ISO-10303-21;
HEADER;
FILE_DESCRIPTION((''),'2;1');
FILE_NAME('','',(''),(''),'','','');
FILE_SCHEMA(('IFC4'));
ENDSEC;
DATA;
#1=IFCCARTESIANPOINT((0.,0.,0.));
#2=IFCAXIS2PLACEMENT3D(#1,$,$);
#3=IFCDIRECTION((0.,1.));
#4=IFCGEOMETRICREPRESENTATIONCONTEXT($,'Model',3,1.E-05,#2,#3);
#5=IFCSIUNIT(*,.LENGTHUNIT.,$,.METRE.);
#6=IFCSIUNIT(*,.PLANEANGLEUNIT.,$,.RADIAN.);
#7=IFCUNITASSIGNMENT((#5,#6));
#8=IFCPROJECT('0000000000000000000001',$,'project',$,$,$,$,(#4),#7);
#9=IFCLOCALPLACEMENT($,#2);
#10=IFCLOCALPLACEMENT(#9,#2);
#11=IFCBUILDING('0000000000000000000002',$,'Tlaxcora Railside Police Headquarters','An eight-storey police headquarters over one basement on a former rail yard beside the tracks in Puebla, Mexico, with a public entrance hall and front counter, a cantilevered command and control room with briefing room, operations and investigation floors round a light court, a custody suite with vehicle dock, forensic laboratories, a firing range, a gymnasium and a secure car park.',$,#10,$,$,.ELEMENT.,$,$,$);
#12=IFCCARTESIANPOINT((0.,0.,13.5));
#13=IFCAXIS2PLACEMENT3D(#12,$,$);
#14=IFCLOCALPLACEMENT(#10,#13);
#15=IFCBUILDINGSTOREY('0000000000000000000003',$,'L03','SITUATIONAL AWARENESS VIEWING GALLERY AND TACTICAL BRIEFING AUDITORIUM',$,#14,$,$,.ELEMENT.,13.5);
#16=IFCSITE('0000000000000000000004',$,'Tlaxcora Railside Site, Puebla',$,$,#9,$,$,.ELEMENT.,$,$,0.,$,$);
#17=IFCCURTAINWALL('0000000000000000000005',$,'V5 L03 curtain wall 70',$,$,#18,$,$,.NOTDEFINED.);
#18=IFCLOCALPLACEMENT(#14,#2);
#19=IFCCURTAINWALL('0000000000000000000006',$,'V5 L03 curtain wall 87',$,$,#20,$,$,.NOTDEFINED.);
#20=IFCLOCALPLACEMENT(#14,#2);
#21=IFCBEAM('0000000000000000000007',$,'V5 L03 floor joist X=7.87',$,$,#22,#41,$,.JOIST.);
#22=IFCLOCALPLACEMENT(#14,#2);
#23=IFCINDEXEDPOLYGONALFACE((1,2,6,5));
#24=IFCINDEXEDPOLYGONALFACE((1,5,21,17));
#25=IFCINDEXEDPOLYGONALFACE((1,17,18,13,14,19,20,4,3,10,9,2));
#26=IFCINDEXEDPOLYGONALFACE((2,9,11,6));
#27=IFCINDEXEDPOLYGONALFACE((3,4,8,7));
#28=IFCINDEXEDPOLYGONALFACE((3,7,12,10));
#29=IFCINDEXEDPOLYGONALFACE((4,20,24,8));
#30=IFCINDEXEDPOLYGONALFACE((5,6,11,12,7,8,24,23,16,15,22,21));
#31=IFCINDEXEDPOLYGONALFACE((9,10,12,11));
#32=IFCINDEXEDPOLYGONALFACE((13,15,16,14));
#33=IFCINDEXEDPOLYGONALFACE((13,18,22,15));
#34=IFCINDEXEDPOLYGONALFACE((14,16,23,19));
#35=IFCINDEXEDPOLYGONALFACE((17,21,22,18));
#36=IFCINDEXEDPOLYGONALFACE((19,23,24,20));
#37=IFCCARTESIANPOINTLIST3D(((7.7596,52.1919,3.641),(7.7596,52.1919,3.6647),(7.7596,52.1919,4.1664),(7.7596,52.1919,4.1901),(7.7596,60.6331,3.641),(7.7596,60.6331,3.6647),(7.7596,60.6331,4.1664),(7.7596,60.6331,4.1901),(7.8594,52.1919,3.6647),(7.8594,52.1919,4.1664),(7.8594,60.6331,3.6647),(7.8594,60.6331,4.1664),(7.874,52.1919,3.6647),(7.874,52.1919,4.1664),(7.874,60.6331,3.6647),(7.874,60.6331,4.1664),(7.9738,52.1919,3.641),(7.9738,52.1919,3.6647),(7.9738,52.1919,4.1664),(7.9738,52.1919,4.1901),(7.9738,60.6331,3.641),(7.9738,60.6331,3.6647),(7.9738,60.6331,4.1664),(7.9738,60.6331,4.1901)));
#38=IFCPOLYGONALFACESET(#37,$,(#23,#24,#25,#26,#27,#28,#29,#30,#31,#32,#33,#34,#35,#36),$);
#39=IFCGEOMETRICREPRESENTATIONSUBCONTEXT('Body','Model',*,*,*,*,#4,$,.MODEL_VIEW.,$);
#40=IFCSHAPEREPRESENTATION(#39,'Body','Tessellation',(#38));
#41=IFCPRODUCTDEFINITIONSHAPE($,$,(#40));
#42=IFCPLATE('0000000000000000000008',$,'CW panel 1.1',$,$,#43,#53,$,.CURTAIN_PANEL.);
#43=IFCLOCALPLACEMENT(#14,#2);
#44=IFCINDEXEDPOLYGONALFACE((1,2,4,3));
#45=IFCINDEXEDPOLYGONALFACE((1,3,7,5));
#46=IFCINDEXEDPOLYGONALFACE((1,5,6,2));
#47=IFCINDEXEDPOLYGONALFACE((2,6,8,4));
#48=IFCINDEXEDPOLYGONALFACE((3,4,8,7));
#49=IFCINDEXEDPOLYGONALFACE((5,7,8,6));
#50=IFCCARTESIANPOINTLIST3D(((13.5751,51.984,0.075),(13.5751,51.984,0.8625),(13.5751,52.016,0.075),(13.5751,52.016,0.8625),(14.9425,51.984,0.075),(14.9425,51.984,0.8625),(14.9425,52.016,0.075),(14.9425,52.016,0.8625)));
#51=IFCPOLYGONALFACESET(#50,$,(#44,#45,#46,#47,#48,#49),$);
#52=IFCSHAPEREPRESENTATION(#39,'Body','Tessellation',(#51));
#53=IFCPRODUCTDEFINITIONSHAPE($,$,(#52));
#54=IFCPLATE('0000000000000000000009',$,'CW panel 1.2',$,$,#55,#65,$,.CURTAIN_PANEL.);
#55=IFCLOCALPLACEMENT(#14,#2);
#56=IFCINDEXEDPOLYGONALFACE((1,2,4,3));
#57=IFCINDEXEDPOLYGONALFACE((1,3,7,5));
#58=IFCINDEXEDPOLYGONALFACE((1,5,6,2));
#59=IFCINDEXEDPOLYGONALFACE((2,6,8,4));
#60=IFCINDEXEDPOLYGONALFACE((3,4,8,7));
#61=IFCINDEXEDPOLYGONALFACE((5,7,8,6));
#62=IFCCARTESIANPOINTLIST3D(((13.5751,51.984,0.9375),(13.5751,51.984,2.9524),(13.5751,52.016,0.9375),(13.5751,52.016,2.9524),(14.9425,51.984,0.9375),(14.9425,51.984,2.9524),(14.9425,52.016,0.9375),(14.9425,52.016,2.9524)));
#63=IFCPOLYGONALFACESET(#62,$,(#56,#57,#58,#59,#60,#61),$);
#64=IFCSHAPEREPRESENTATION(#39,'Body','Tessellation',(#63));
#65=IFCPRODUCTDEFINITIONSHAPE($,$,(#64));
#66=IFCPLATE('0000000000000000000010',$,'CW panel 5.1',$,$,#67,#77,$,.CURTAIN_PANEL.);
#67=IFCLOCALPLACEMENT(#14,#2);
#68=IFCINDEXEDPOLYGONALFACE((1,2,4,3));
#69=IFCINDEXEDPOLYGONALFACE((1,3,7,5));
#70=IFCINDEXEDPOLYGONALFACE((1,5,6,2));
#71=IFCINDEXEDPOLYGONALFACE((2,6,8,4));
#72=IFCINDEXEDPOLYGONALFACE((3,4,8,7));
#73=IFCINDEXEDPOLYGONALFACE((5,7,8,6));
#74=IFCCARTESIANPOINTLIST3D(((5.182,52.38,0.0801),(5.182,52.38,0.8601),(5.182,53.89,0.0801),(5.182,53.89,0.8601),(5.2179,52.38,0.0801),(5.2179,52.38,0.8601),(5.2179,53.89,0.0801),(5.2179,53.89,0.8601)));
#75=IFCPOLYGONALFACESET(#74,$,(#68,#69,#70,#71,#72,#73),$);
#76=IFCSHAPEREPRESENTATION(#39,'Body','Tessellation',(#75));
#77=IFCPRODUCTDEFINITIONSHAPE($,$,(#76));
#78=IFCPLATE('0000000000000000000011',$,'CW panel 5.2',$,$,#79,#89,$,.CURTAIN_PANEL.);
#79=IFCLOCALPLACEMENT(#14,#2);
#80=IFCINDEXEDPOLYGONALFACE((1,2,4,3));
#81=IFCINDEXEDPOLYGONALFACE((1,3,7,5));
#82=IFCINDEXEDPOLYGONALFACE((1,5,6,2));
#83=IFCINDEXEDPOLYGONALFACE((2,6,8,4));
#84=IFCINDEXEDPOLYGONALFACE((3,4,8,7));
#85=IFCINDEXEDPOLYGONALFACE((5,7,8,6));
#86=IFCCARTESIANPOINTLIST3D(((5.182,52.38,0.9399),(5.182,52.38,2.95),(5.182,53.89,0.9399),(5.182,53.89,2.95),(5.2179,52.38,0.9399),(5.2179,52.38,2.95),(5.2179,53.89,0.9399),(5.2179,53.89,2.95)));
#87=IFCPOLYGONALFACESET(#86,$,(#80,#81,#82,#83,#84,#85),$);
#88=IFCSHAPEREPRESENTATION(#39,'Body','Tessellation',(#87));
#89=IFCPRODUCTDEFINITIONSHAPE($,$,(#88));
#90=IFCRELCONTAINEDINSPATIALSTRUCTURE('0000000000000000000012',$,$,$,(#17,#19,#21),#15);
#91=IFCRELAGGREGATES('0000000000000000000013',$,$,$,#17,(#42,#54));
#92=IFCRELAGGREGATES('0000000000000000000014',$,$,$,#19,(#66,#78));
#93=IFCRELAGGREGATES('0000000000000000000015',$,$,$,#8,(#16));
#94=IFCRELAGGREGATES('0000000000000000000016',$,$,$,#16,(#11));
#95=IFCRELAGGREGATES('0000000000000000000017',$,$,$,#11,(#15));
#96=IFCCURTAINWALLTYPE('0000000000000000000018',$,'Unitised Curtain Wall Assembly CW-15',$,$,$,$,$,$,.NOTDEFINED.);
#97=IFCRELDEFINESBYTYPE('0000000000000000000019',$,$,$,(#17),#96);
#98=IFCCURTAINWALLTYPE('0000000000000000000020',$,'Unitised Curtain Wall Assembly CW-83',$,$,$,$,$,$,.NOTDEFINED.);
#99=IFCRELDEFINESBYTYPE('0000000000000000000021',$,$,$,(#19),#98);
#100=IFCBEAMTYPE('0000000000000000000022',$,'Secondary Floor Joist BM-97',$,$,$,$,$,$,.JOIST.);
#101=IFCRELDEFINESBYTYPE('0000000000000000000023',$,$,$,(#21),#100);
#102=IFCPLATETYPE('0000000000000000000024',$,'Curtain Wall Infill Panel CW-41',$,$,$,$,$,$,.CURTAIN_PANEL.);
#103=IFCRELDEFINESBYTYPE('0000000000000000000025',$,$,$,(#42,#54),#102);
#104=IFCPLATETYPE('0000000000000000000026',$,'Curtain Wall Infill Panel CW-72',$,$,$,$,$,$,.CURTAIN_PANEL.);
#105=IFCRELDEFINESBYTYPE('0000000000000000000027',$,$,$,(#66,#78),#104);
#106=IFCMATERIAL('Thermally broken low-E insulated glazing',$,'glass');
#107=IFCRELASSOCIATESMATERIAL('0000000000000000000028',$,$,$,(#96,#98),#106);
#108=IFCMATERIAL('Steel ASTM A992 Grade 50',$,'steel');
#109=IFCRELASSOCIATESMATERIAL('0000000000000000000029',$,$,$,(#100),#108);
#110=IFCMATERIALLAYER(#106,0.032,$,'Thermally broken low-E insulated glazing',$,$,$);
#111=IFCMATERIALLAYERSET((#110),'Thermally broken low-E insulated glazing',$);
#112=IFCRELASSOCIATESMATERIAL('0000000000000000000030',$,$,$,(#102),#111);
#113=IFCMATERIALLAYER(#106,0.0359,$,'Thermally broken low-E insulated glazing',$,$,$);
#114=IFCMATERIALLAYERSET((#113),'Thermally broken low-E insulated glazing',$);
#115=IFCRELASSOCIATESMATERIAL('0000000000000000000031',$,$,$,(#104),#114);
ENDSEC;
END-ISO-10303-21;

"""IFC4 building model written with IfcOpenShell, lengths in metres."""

from ifc_helpers import new_model, si_unit, direction, frame, origin, origin_2d, place, context, subcontext, project, spatial, rectangle, i_section, extrude, material, layer, layer_set, material_profile, profile_set, type_object, element, aggregate, save


model = new_model("IFC4")

# Units and contexts
model_context = context("Model", 3, precision=1e-05, world=origin(), true_north=direction((0.0, 1.0)))
body_context = subcontext(model_context, "Body", "Model", "MODEL_VIEW")
ifc_project = project(units=[si_unit("LENGTHUNIT", "METRE"), si_unit("PLANEANGLEUNIT", "RADIAN")], contexts=[model_context])

# Site, building, storey
site_placement = place(None, origin())
site = spatial("IfcSite", under=ifc_project, at=site_placement, Name="Tlaxcora Railside Site, Puebla", CompositionType="ELEMENT", RefElevation=0.0)
building_placement = place(site_placement, origin())
building = spatial("IfcBuilding", under=site, at=building_placement, Name="Tlaxcora Railside Police Headquarters", Description="An eight-storey police headquarters over one basement on a former rail yard beside the tracks in Puebla, Mexico, with a public entrance hall and front counter, a cantilevered command and control room with briefing room, operations and investigation floors round a light court, a custody suite with vehicle dock, forensic laboratories, a firing range, a gymnasium and a secure car park.", CompositionType="ELEMENT")
storey_placement = place(building_placement, frame((0.0, 0.0, 13.5)))
storey = spatial("IfcBuildingStorey", under=building, at=storey_placement, Name="L03", Description="SITUATIONAL AWARENESS VIEWING GALLERY AND TACTICAL BRIEFING AUDITORIUM", CompositionType="ELEMENT", Elevation=13.5)

# Curtain walls
ifc_material_1 = material(Name="Thermally broken low-E insulated glazing", Category="glass")
curtain_wall_type_1 = type_object("IfcCurtainWallType", Name="Unitised Curtain Wall Assembly CW-15", PredefinedType="NOTDEFINED", material=ifc_material_1)
curtain_wall_1_placement = place(storey_placement, origin())
curtain_wall_1 = element("IfcCurtainWall", 1, at=curtain_wall_1_placement, inside=storey, type_object=curtain_wall_type_1, Name="V5 L03 curtain wall 70", PredefinedType="NOTDEFINED")
curtain_wall_type_2 = type_object("IfcCurtainWallType", Name="Unitised Curtain Wall Assembly CW-83", PredefinedType="NOTDEFINED", material=ifc_material_1)
curtain_wall_2_placement = place(storey_placement, origin())
curtain_wall_2 = element("IfcCurtainWall", 2, at=curtain_wall_2_placement, inside=storey, type_object=curtain_wall_type_2, Name="V5 L03 curtain wall 87", PredefinedType="NOTDEFINED")

# Beam
ifc_material_2 = material(Name="Steel ASTM A992 Grade 50", Category="steel")
ifc_material_profile_1 = material_profile(ifc_material_2, i_section(OverallWidth=0.2141, OverallDepth=0.5491, WebThickness=0.0146, FlangeThickness=0.0237, at=origin_2d()), Name="W21X93")
ifc_profile_set_1 = profile_set([ifc_material_profile_1], Name="Steel ASTM A992 Grade 50")
beam_type_1 = type_object("IfcBeamType", Name="Secondary Floor Joist BM-97", PredefinedType="JOIST", material=ifc_profile_set_1)
beam_1_placement = place(storey_placement, frame((7.8667, 52.1919, 3.9155), z_axis=(0.0, 1.0, 0.0), x_axis=(-1.0, 0.0, 0.0)))
element("IfcBeam", 3, at=beam_1_placement, inside=storey, type_object=beam_type_1, Name="V5 L03 floor joist X=7.87", PredefinedType="JOIST", context=body_context, shape_type="SweptSolid", body=[
    extrude(i_section(OverallWidth=0.2141, OverallDepth=0.5491, WebThickness=0.0146, FlangeThickness=0.0237, at=origin_2d()), origin(), (0.0, 0.0, 1.0), 8.4412),
])

# Plates
ifc_layer_1 = layer(ifc_material_1, 0.032, Name="Thermally broken low-E insulated glazing")
ifc_layer_set_1 = layer_set([ifc_layer_1], Name="Thermally broken low-E insulated glazing")
plate_type_1 = type_object("IfcPlateType", Name="Curtain Wall Infill Panel CW-41", PredefinedType="CURTAIN_PANEL", material=ifc_layer_set_1)
plate_1_placement = place(storey_placement, frame((14.2588, 52.0, 0.075), z_axis=(0.0, 0.0, 1.0), x_axis=(1.0, 0.0, 0.0)))
plate_1 = element("IfcPlate", 4, at=plate_1_placement, type_object=plate_type_1, Name="CW panel 1.1", PredefinedType="CURTAIN_PANEL", context=body_context, shape_type="SweptSolid", body=[
    extrude(rectangle(XDim=1.3674, YDim=0.032, at=origin_2d()), origin(), (0.0, 0.0, 1.0), 0.7876),
])
plate_2_placement = place(storey_placement, frame((14.2588, 52.0, 0.9375), z_axis=(0.0, 0.0, 1.0), x_axis=(1.0, 0.0, 0.0)))
plate_2 = element("IfcPlate", 5, at=plate_2_placement, type_object=plate_type_1, Name="CW panel 1.2", PredefinedType="CURTAIN_PANEL", context=body_context, shape_type="SweptSolid", body=[
    extrude(rectangle(XDim=1.3674, YDim=0.032, at=origin_2d()), origin(), (0.0, 0.0, 1.0), 2.0149),
])
aggregate(curtain_wall_1, [plate_1, plate_2])
ifc_layer_2 = layer(ifc_material_1, 0.0359, Name="Thermally broken low-E insulated glazing")
ifc_layer_set_2 = layer_set([ifc_layer_2], Name="Thermally broken low-E insulated glazing")
plate_type_2 = type_object("IfcPlateType", Name="Curtain Wall Infill Panel CW-72", PredefinedType="CURTAIN_PANEL", material=ifc_layer_set_2)
plate_3_placement = place(storey_placement, frame((5.2, 53.135, 0.0801), z_axis=(0.0, 0.0, 1.0), x_axis=(0.0, -1.0, 0.0)))
plate_3 = element("IfcPlate", 6, at=plate_3_placement, type_object=plate_type_2, Name="CW panel 5.1", PredefinedType="CURTAIN_PANEL", context=body_context, shape_type="SweptSolid", body=[
    extrude(rectangle(XDim=1.51, YDim=0.0359, at=origin_2d()), origin(), (0.0, 0.0, 1.0), 0.78),
])
plate_4_placement = place(storey_placement, frame((5.2, 53.135, 0.9399), z_axis=(0.0, 0.0, 1.0), x_axis=(0.0, -1.0, 0.0)))
plate_4 = element("IfcPlate", 7, at=plate_4_placement, type_object=plate_type_2, Name="CW panel 5.2", PredefinedType="CURTAIN_PANEL", context=body_context, shape_type="SweptSolid", body=[
    extrude(rectangle(XDim=1.51, YDim=0.0359, at=origin_2d()), origin(), (0.0, 0.0, 1.0), 2.01),
])
aggregate(curtain_wall_2, [plate_3, plate_4])

save(model, "model.ifc")
